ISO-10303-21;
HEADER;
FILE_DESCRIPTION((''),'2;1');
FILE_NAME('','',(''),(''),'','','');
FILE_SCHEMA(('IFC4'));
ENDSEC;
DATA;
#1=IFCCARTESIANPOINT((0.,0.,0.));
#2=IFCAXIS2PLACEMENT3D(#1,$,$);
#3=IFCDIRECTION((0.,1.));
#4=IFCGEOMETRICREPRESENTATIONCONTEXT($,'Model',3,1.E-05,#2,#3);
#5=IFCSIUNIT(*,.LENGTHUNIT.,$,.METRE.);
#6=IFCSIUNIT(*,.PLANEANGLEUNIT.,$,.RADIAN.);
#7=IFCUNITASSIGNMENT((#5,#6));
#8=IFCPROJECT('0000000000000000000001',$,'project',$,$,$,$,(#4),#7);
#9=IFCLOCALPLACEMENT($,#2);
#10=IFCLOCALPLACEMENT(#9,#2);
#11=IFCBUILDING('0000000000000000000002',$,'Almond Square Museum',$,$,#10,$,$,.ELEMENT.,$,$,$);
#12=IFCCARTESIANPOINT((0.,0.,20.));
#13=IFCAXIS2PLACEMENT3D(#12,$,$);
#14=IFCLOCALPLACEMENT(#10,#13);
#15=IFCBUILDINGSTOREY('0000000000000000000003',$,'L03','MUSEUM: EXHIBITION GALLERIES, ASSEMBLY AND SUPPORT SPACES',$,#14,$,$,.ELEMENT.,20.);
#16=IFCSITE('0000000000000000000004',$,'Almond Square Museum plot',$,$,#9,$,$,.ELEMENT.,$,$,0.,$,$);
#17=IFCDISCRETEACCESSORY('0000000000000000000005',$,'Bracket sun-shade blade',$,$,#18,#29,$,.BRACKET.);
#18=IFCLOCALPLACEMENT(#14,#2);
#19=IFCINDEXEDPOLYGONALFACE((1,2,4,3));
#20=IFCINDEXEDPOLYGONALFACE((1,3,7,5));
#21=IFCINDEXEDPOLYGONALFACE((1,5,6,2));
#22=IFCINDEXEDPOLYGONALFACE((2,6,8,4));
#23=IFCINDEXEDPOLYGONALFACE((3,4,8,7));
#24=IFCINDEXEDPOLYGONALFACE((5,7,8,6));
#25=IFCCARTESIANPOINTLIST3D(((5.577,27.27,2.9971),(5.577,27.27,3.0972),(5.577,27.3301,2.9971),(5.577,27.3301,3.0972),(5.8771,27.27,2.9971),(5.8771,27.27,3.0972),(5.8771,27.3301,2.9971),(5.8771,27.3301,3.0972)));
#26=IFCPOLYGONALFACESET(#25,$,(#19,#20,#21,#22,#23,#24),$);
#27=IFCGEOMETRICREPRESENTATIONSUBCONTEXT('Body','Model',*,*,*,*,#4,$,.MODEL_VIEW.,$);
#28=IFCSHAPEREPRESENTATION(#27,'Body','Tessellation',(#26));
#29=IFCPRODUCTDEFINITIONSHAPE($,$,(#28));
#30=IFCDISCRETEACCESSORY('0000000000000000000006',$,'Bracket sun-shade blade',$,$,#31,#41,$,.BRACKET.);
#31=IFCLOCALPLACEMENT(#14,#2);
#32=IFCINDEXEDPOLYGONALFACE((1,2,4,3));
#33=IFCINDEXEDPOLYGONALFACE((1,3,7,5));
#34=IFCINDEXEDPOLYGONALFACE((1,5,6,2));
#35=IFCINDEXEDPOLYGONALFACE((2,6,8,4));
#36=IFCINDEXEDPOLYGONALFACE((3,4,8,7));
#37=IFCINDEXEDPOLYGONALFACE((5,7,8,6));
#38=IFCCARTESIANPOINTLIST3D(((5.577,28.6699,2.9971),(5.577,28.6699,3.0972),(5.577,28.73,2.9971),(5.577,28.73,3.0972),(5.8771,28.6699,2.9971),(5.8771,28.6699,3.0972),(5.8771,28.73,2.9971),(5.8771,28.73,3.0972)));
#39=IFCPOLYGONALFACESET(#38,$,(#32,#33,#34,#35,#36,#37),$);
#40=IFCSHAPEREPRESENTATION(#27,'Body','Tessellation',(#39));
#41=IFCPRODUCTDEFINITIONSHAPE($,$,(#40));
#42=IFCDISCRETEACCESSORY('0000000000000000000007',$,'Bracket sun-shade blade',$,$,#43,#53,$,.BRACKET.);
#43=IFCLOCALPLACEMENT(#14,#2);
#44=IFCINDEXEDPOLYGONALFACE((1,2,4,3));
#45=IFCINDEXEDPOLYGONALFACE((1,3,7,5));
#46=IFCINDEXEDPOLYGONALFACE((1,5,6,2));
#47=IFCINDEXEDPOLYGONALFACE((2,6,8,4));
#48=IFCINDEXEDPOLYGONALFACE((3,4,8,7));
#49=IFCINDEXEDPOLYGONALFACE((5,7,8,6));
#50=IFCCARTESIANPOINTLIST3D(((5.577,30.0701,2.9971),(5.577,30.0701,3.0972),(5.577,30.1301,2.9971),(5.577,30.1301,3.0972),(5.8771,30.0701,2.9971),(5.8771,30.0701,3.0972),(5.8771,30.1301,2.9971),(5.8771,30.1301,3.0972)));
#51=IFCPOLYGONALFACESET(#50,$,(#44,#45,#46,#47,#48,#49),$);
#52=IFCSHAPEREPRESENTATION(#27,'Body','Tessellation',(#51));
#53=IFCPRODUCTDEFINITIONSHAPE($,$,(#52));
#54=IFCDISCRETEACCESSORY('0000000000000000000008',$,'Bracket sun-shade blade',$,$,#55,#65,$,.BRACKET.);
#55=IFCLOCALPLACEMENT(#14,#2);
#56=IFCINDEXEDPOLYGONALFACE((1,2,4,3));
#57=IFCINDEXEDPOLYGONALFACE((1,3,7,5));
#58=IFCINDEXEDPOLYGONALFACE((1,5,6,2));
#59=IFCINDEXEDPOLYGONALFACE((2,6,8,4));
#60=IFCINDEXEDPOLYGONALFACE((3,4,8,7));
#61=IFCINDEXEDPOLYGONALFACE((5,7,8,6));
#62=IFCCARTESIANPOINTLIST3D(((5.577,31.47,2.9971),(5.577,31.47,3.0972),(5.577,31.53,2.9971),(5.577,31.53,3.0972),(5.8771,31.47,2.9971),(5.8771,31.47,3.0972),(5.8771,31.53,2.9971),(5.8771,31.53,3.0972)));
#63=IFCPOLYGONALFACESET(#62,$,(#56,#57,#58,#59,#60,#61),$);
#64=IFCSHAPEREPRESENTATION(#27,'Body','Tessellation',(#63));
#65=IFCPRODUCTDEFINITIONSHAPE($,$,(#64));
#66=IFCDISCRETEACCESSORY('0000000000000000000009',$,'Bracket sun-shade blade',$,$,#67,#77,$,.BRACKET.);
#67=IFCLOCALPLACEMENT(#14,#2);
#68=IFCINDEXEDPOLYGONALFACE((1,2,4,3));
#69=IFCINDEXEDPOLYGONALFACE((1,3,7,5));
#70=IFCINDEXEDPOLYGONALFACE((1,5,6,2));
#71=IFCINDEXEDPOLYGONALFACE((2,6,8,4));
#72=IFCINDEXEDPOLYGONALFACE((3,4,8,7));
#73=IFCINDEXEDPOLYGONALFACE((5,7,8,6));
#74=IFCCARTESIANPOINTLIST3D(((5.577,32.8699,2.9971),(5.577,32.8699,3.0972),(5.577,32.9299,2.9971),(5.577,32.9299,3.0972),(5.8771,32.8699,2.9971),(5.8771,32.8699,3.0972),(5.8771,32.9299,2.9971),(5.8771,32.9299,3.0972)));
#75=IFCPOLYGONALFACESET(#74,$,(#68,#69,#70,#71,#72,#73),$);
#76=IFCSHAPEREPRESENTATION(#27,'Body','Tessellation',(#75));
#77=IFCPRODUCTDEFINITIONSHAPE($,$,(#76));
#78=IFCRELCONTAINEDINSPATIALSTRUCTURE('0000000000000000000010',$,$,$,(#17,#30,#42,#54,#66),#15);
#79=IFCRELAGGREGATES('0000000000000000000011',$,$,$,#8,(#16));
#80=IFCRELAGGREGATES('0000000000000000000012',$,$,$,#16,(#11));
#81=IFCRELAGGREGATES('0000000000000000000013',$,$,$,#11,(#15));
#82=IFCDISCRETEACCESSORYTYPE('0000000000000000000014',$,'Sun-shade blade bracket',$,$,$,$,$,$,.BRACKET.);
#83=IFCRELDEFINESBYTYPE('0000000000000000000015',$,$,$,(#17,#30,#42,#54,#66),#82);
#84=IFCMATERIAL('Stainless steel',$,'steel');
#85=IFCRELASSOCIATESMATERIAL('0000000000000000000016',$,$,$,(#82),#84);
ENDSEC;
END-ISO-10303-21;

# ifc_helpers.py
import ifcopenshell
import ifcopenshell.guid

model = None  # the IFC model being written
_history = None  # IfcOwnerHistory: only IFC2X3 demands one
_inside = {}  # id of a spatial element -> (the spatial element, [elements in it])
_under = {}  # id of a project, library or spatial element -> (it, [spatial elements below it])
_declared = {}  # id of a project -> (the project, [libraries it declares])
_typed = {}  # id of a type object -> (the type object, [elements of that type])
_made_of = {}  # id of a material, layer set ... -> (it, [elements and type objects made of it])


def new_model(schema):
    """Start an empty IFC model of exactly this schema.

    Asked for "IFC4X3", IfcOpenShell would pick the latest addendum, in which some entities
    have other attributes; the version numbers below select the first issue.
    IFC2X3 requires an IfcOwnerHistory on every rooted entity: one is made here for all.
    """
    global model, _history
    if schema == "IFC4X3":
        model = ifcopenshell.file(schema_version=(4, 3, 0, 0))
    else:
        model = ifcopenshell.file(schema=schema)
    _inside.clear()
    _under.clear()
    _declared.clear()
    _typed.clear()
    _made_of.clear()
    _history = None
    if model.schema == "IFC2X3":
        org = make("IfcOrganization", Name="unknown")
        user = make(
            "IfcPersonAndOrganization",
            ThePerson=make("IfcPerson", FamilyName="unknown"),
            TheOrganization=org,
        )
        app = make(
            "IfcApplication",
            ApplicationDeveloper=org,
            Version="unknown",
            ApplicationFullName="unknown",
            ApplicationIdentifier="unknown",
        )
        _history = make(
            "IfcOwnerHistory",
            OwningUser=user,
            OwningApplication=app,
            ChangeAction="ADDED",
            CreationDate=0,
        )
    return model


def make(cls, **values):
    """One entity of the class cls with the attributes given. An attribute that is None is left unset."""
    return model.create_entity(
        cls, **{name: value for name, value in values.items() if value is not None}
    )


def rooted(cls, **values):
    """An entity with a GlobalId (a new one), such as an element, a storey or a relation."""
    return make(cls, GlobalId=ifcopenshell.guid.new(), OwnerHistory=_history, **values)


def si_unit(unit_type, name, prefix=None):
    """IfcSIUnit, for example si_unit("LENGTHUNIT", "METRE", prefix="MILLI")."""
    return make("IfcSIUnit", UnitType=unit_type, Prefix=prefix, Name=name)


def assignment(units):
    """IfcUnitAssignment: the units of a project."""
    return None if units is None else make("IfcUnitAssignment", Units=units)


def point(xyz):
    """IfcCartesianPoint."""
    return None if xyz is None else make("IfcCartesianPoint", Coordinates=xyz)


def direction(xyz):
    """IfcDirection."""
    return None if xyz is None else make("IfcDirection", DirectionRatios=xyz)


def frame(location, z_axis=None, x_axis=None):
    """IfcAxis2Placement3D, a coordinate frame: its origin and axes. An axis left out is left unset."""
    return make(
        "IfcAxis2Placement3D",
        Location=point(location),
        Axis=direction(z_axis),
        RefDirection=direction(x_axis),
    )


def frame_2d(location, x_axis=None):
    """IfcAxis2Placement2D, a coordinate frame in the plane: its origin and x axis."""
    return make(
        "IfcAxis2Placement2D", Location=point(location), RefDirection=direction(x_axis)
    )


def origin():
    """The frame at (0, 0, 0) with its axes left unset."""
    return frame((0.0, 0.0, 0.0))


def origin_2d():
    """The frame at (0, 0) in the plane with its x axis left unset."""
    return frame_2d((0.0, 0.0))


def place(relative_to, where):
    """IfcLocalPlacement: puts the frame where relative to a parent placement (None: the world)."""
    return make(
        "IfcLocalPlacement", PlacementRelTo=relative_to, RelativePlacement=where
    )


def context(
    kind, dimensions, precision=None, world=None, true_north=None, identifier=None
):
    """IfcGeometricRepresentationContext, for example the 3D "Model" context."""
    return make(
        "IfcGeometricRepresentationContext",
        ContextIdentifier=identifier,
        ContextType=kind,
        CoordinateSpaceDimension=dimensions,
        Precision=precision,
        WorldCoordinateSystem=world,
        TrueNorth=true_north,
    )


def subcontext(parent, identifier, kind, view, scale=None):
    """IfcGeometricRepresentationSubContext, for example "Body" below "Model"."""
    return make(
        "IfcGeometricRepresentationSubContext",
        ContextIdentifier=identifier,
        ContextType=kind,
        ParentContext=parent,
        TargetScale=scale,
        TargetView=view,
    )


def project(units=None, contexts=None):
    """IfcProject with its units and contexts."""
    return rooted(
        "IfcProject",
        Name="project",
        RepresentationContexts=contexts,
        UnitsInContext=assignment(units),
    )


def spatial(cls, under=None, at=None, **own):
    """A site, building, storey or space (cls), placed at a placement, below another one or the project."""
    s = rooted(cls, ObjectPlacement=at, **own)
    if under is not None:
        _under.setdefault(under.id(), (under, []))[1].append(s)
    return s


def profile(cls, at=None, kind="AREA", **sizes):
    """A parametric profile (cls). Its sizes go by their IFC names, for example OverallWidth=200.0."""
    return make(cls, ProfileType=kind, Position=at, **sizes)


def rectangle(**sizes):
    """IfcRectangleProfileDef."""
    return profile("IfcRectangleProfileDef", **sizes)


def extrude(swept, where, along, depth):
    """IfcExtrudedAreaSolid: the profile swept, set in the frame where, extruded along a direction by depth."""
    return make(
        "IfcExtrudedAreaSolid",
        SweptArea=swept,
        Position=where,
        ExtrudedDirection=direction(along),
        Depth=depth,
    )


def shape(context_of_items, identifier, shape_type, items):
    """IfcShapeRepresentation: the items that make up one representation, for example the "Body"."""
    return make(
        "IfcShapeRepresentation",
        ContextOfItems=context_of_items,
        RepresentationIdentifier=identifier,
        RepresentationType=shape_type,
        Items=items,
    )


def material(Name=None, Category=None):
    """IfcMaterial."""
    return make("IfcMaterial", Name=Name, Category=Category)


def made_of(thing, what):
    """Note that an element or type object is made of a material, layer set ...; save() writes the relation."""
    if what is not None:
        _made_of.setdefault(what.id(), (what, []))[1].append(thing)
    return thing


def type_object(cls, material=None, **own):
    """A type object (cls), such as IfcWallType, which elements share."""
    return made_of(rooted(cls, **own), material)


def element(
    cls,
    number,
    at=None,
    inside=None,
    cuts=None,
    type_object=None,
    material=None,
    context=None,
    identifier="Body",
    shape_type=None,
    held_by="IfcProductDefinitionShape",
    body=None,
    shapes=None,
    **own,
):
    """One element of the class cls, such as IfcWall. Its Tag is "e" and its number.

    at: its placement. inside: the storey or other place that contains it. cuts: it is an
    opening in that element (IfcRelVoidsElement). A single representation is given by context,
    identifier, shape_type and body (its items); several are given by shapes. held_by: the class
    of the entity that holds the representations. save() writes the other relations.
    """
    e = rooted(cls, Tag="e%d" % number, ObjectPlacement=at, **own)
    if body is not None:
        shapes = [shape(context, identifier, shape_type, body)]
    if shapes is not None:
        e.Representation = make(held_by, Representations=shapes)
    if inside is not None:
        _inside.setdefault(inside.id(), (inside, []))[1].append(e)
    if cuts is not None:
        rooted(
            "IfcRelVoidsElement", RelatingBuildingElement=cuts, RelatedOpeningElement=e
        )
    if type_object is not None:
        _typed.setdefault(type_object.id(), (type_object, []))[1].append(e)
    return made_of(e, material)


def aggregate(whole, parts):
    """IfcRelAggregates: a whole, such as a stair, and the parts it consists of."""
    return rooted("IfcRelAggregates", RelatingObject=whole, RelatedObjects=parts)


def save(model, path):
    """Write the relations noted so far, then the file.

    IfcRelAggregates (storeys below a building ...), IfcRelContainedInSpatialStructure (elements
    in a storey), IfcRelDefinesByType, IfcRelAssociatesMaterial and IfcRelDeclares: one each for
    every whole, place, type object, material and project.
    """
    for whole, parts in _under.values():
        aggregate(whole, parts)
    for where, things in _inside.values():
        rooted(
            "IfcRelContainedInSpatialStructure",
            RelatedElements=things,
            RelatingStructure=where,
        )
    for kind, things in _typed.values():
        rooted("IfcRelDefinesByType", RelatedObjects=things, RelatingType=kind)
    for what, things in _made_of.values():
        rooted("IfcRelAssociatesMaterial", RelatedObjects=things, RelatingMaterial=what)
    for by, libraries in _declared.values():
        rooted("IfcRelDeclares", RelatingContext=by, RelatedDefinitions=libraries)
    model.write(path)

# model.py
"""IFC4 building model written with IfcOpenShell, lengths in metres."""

from ifc_helpers import new_model, si_unit, direction, frame, origin, origin_2d, place, context, subcontext, project, spatial, rectangle, extrude, material, type_object, element, save


model = new_model("IFC4")

# Units and contexts
model_context = context("Model", 3, precision=1e-05, world=origin(), true_north=direction((0.0, 1.0)))
body_context = subcontext(model_context, "Body", "Model", "MODEL_VIEW")
ifc_project = project(units=[si_unit("LENGTHUNIT", "METRE"), si_unit("PLANEANGLEUNIT", "RADIAN")], contexts=[model_context])

# Site, building, storey
site_placement = place(None, origin())
site = spatial("IfcSite", under=ifc_project, at=site_placement, Name="Almond Square Museum plot", CompositionType="ELEMENT", RefElevation=0.0)
building_placement = place(site_placement, origin())
building = spatial("IfcBuilding", under=site, at=building_placement, Name="Almond Square Museum", CompositionType="ELEMENT")
storey_placement = place(building_placement, frame((0.0, 0.0, 20.0)))
storey = spatial("IfcBuildingStorey", under=building, at=storey_placement, Name="L03", Description="MUSEUM: EXHIBITION GALLERIES, ASSEMBLY AND SUPPORT SPACES", CompositionType="ELEMENT", Elevation=20.0)

# Discrete accessories
ifc_material_1 = material(Name="Stainless steel", Category="steel")
discrete_accessory_type = type_object("IfcDiscreteAccessoryType", Name="Sun-shade blade bracket", PredefinedType="BRACKET", material=ifc_material_1)
for number, where, z_axis, x_axis, name in (
    (1, (5.7271, 27.3, 2.9971), (0.0, 0.0, 1.0), (1.0, 0.0, 0.0), "Bracket sun-shade blade"),
    (2, (5.7271, 28.7, 2.9971), (0.0, 0.0, 1.0), (1.0, 0.0, 0.0), "Bracket sun-shade blade"),
    (3, (5.7271, 30.1001, 2.9971), (0.0, 0.0, 1.0), (1.0, 0.0, 0.0), "Bracket sun-shade blade"),
    (4, (5.7271, 31.5, 2.9971), (0.0, 0.0, 1.0), (1.0, 0.0, 0.0), "Bracket sun-shade blade"),
    (5, (5.7271, 32.8999, 2.9971), (0.0, 0.0, 1.0), (1.0, 0.0, 0.0), "Bracket sun-shade blade"),
):
    element("IfcDiscreteAccessory", number, at=place(storey_placement, frame(where, z_axis=z_axis, x_axis=x_axis)), inside=storey, type_object=discrete_accessory_type, Name=name, PredefinedType="BRACKET", context=body_context, shape_type="SweptSolid", body=[
        extrude(rectangle(XDim=0.3, YDim=0.0601, at=origin_2d()), origin(), (0.0, 0.0, 1.0), 0.1001),
    ])

save(model, "model.ifc")
